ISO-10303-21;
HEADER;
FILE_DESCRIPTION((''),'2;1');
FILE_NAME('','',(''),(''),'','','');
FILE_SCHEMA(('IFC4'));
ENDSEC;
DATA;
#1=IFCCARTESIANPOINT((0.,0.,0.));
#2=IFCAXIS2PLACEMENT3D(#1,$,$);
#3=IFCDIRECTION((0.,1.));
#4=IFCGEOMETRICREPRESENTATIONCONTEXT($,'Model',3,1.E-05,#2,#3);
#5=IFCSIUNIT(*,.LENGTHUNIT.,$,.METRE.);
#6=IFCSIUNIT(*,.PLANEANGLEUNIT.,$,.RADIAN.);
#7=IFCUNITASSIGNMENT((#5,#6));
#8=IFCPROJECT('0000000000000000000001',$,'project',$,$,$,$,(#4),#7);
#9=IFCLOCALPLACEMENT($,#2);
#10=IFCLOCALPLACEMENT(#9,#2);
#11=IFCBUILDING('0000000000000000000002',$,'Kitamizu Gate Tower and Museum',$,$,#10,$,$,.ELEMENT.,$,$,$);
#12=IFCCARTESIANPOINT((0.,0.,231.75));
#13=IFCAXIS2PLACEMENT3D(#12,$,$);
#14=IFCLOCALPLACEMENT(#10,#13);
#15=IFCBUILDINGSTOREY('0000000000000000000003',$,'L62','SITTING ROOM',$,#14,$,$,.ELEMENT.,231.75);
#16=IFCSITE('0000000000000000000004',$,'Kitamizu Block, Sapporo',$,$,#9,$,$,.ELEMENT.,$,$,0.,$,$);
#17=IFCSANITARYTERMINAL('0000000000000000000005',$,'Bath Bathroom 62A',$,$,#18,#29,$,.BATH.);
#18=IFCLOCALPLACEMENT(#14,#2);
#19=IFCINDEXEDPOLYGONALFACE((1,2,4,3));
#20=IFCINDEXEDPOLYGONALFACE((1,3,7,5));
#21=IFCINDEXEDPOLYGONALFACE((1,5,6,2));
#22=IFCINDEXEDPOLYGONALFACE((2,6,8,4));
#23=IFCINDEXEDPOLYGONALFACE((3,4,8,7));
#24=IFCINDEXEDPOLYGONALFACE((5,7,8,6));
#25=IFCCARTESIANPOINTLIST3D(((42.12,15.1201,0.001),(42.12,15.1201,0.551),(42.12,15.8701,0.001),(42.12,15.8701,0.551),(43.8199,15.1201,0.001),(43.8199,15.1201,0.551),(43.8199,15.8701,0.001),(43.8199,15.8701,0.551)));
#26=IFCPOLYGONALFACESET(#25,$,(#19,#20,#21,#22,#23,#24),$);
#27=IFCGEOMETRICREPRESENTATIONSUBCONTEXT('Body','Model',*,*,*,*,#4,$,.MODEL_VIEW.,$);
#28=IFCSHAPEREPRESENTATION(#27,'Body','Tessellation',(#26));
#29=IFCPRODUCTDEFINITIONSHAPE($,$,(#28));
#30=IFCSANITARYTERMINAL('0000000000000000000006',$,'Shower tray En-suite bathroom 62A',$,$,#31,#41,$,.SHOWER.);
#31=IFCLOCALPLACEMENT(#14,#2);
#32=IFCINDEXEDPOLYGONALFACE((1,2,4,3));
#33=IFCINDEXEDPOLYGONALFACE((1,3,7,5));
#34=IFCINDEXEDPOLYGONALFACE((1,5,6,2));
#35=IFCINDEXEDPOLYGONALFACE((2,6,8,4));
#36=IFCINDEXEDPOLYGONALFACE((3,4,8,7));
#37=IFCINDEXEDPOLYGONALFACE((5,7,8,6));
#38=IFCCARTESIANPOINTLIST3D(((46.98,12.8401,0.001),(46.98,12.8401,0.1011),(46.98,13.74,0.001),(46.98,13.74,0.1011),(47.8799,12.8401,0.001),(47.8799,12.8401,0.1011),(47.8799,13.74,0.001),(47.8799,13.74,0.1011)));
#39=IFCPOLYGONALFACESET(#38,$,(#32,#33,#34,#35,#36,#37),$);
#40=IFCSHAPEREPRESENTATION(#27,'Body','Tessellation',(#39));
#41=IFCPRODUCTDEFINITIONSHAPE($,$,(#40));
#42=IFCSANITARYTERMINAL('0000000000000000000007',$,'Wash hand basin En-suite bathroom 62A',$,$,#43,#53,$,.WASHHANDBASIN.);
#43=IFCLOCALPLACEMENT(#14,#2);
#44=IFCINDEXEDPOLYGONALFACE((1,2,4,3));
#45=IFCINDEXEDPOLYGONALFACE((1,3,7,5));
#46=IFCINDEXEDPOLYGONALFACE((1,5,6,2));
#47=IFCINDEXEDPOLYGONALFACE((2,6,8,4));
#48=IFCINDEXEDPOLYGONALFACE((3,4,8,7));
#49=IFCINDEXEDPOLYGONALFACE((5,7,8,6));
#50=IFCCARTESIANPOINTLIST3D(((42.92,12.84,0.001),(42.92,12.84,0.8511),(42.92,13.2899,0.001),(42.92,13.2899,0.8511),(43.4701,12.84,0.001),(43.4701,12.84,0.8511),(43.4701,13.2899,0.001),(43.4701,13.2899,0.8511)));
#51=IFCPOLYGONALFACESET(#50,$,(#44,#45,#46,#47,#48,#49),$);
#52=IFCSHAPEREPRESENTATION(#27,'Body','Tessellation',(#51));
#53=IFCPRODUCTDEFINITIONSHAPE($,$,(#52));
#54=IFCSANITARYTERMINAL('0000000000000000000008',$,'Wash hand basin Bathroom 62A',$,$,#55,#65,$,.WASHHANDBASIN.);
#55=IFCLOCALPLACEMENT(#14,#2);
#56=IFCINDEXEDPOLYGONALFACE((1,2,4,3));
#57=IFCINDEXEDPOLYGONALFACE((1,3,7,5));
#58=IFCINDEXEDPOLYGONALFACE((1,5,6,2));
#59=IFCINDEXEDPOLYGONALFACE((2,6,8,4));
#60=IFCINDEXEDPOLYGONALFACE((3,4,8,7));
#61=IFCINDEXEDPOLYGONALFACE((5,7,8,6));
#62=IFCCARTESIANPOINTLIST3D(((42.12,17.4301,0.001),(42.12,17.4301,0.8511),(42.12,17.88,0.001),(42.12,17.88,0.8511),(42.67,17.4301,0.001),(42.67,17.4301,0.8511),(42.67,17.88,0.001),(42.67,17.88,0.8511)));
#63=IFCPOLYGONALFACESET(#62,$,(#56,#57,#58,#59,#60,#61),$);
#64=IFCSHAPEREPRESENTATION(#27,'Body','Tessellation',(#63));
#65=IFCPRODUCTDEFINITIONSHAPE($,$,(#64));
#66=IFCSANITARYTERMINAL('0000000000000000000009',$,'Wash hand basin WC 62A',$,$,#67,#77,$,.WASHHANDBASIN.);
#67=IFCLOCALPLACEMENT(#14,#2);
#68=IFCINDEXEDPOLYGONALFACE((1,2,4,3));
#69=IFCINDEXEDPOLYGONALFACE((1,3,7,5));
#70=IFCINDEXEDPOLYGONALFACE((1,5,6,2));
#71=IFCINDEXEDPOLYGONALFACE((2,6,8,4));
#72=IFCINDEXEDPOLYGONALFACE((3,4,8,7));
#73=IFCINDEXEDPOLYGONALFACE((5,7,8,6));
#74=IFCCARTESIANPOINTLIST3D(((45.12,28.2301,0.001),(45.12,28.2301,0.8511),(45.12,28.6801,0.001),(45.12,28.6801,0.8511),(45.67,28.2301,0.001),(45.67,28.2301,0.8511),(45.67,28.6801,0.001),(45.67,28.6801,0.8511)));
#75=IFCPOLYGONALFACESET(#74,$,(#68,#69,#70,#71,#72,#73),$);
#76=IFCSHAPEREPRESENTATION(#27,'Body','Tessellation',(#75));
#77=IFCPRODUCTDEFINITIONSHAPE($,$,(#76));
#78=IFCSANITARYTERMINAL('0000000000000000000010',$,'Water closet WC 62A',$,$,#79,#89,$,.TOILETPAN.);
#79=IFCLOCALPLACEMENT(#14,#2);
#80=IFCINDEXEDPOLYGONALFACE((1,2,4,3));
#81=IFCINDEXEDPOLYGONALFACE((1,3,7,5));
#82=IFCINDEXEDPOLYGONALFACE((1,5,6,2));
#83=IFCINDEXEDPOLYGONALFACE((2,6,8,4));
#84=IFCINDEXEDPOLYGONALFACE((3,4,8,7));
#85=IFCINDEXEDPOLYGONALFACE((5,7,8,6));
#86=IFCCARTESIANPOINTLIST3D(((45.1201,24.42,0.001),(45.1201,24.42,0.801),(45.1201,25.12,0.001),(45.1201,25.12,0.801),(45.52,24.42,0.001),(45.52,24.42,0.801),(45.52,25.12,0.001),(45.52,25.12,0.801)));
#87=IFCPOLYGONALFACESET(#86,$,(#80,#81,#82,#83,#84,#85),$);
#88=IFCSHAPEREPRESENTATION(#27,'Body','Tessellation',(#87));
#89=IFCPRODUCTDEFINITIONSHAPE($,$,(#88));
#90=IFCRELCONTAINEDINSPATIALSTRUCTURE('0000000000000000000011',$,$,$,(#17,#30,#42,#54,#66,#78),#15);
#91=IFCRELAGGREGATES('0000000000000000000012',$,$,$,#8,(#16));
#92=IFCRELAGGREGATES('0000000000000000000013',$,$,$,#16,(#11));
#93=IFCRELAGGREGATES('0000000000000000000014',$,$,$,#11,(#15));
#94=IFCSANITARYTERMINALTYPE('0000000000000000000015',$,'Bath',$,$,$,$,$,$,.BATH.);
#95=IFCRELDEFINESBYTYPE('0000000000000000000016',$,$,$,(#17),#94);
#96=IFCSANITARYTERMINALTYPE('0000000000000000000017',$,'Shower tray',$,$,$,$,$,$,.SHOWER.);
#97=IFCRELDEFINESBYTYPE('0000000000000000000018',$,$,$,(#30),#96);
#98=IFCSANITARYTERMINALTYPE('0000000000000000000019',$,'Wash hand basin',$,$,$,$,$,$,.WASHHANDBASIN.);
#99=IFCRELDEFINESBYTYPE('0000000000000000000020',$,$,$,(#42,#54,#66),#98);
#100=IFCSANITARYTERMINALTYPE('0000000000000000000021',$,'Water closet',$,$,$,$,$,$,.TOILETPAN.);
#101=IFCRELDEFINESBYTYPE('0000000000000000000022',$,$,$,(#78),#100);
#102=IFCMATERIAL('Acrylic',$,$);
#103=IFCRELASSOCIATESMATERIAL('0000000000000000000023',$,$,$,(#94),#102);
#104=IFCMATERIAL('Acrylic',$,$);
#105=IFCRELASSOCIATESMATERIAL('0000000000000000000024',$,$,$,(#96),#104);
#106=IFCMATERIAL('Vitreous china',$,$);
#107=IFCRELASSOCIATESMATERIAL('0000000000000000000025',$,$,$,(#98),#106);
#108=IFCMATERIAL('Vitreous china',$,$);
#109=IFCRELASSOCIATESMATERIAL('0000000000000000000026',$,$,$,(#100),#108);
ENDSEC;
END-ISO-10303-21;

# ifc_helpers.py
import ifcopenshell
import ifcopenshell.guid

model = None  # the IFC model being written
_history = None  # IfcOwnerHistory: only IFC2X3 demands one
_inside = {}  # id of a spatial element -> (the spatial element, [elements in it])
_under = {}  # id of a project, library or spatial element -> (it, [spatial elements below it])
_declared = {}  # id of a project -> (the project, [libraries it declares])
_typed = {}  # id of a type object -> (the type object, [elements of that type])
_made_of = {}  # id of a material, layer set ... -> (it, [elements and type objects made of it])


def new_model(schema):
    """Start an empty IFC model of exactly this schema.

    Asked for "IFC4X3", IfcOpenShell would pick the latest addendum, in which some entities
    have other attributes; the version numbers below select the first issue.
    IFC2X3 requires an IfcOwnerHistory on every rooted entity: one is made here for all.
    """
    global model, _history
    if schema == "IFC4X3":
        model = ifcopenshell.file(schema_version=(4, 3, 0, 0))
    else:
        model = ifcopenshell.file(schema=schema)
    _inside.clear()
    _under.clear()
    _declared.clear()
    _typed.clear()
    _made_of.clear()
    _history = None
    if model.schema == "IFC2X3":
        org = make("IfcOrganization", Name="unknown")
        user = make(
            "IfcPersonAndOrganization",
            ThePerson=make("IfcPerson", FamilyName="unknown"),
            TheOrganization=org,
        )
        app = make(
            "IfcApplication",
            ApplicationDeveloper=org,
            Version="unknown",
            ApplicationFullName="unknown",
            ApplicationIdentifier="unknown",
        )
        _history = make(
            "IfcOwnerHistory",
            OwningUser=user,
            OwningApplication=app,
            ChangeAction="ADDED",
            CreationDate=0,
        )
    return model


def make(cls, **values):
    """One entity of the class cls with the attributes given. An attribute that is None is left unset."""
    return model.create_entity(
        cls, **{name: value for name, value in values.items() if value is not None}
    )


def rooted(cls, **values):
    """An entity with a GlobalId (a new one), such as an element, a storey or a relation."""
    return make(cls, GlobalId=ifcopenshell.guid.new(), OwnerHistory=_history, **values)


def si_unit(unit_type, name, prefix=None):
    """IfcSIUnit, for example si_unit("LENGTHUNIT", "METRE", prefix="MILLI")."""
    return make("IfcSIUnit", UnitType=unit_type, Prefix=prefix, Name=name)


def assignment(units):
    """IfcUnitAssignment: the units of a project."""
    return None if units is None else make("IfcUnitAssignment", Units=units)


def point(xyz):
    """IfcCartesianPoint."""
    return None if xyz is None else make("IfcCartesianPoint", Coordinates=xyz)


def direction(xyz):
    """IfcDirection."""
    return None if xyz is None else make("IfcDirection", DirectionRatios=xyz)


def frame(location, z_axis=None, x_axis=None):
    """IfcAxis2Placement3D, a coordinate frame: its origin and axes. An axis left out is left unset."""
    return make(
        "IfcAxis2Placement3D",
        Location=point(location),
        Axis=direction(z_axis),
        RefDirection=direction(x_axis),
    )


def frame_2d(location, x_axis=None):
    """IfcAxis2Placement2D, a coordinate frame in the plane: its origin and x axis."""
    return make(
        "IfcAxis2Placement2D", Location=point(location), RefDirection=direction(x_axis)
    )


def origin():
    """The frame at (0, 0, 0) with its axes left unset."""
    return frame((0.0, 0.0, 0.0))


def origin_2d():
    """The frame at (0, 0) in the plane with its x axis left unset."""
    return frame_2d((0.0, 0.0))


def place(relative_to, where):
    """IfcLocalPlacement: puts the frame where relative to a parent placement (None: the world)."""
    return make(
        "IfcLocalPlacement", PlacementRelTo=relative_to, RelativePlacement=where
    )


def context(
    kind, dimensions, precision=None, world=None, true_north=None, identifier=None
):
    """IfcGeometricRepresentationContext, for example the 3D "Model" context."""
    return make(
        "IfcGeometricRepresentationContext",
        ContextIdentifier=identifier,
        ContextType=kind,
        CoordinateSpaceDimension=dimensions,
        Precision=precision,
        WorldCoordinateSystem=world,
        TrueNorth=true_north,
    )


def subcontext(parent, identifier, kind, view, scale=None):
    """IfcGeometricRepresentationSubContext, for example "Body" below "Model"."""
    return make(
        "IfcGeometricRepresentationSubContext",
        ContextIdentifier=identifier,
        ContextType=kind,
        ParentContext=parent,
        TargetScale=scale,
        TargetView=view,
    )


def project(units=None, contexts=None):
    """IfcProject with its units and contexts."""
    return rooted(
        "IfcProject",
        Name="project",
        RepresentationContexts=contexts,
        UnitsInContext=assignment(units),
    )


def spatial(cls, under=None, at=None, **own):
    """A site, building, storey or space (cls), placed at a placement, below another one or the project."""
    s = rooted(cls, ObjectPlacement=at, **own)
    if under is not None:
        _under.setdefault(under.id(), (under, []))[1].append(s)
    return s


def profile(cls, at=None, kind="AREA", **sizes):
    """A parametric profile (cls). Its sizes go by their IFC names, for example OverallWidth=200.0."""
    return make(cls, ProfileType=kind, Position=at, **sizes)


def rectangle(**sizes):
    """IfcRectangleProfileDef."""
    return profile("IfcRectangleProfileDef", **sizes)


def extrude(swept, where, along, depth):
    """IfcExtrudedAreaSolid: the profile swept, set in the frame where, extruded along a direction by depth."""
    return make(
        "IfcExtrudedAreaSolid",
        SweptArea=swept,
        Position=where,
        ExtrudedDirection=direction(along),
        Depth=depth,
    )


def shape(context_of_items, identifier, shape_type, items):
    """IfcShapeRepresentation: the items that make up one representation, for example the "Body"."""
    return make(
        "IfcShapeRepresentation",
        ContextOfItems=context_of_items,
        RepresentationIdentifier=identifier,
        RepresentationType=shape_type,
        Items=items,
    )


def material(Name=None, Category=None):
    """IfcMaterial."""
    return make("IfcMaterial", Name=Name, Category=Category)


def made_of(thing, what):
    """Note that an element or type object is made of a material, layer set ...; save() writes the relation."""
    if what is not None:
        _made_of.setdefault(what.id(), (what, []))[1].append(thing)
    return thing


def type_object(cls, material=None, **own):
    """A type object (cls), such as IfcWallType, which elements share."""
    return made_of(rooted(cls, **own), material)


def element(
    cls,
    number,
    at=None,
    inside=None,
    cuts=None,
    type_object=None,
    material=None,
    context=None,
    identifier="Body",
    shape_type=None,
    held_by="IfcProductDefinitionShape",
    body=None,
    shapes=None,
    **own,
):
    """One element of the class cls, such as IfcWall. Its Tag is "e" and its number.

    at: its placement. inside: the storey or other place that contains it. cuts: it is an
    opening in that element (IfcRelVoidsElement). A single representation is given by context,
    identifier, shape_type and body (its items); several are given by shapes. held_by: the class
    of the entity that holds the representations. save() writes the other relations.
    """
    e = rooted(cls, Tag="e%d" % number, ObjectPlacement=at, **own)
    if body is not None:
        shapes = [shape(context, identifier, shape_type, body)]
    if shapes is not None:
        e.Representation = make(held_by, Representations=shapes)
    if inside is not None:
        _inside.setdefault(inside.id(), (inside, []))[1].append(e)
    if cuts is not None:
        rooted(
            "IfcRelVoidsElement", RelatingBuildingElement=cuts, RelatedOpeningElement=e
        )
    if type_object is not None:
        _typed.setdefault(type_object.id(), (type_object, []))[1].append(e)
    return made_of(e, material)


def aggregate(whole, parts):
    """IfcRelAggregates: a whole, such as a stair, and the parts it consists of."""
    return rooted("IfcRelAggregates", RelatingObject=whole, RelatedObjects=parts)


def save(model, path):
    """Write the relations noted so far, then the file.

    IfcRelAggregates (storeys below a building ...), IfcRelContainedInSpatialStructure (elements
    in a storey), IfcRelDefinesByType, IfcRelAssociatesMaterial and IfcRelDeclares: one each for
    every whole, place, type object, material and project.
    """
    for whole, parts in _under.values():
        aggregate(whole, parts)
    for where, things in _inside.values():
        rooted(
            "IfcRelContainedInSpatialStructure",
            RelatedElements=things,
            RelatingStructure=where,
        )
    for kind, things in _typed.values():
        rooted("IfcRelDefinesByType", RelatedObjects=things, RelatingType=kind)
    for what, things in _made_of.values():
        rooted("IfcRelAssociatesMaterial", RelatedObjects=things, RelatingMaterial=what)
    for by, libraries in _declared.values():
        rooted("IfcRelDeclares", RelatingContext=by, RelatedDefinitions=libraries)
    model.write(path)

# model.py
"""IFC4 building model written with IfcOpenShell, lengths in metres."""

from ifc_helpers import new_model, si_unit, direction, frame, origin, origin_2d, place, context, subcontext, project, spatial, rectangle, extrude, material, type_object, element, save


model = new_model("IFC4")

# Units and contexts
model_context = context("Model", 3, precision=1e-05, world=origin(), true_north=direction((0.0, 1.0)))
body_context = subcontext(model_context, "Body", "Model", "MODEL_VIEW")
ifc_project = project(units=[si_unit("LENGTHUNIT", "METRE"), si_unit("PLANEANGLEUNIT", "RADIAN")], contexts=[model_context])

# Site, building, storey
site_placement = place(None, origin())
site = spatial("IfcSite", under=ifc_project, at=site_placement, Name="Kitamizu Block, Sapporo", CompositionType="ELEMENT", RefElevation=0.0)
building_placement = place(site_placement, origin())
building = spatial("IfcBuilding", under=site, at=building_placement, Name="Kitamizu Gate Tower and Museum", CompositionType="ELEMENT")
storey_placement = place(building_placement, frame((0.0, 0.0, 231.75)))
storey = spatial("IfcBuildingStorey", under=building, at=storey_placement, Name="L62", Description="SITTING ROOM", CompositionType="ELEMENT", Elevation=231.75)

# Sanitary terminals
ifc_material_1 = material(Name="Acrylic")
sanitary_terminal_type_1 = type_object("IfcSanitaryTerminalType", Name="Bath", PredefinedType="BATH", material=ifc_material_1)
sanitary_terminal_1_placement = place(storey_placement, frame((42.97, 15.4951, 0.001), z_axis=(0.0, 0.0, 1.0), x_axis=(1.0, 0.0, 0.0)))
element("IfcSanitaryTerminal", 1, at=sanitary_terminal_1_placement, inside=storey, type_object=sanitary_terminal_type_1, Name="Bath Bathroom 62A", PredefinedType="BATH", context=body_context, shape_type="SweptSolid", body=[
    extrude(rectangle(XDim=1.7, YDim=0.75, at=origin_2d()), origin(), (0.0, 0.0, 1.0), 0.55),
])
ifc_material_2 = material(Name="Acrylic")
sanitary_terminal_type_2 = type_object("IfcSanitaryTerminalType", Name="Shower tray", PredefinedType="SHOWER", material=ifc_material_2)
sanitary_terminal_2_placement = place(storey_placement, frame((47.4299, 13.29, 0.001), z_axis=(0.0, 0.0, 1.0), x_axis=(1.0, 0.0, 0.0)))
element("IfcSanitaryTerminal", 2, at=sanitary_terminal_2_placement, inside=storey, type_object=sanitary_terminal_type_2, Name="Shower tray En-suite bathroom 62A", PredefinedType="SHOWER", context=body_context, shape_type="SweptSolid", body=[
    extrude(rectangle(XDim=0.8999, YDim=0.8999, at=origin_2d()), origin(), (0.0, 0.0, 1.0), 0.1001),
])
ifc_material_3 = material(Name="Vitreous china")
sanitary_terminal_type_3 = type_object("IfcSanitaryTerminalType", Name="Wash hand basin", PredefinedType="WASHHANDBASIN", material=ifc_material_3)
for number, where, z_axis, x_axis, name in (
    (3, (43.1951, 13.0649, 0.001), (0.0, 0.0, 1.0), (1.0, 0.0, 0.0), "Wash hand basin En-suite bathroom 62A"),
    (4, (42.395, 17.655, 0.001), (0.0, 0.0, 1.0), (1.0, 0.0, 0.0), "Wash hand basin Bathroom 62A"),
    (5, (45.395, 28.4551, 0.001), (0.0, 0.0, 1.0), (1.0, 0.0, 0.0), "Wash hand basin WC 62A"),
):
    element("IfcSanitaryTerminal", number, at=place(storey_placement, frame(where, z_axis=z_axis, x_axis=x_axis)), inside=storey, type_object=sanitary_terminal_type_3, Name=name, PredefinedType="WASHHANDBASIN", context=body_context, shape_type="SweptSolid", body=[
        extrude(rectangle(XDim=0.55, YDim=0.45, at=origin_2d()), origin(), (0.0, 0.0, 1.0), 0.8501),
    ])
ifc_material_4 = material(Name="Vitreous china")
sanitary_terminal_type_4 = type_object("IfcSanitaryTerminalType", Name="Water closet", PredefinedType="TOILETPAN", material=ifc_material_4)
sanitary_terminal_3_placement = place(storey_placement, frame((45.3201, 24.77, 0.001), z_axis=(0.0, 0.0, 1.0), x_axis=(1.0, 0.0, 0.0)))
element("IfcSanitaryTerminal", 6, at=sanitary_terminal_3_placement, inside=storey, type_object=sanitary_terminal_type_4, Name="Water closet WC 62A", PredefinedType="TOILETPAN", context=body_context, shape_type="SweptSolid", body=[
    extrude(rectangle(XDim=0.3999, YDim=0.7, at=origin_2d()), origin(), (0.0, 0.0, 1.0), 0.8),
])

save(model, "model.ifc")
